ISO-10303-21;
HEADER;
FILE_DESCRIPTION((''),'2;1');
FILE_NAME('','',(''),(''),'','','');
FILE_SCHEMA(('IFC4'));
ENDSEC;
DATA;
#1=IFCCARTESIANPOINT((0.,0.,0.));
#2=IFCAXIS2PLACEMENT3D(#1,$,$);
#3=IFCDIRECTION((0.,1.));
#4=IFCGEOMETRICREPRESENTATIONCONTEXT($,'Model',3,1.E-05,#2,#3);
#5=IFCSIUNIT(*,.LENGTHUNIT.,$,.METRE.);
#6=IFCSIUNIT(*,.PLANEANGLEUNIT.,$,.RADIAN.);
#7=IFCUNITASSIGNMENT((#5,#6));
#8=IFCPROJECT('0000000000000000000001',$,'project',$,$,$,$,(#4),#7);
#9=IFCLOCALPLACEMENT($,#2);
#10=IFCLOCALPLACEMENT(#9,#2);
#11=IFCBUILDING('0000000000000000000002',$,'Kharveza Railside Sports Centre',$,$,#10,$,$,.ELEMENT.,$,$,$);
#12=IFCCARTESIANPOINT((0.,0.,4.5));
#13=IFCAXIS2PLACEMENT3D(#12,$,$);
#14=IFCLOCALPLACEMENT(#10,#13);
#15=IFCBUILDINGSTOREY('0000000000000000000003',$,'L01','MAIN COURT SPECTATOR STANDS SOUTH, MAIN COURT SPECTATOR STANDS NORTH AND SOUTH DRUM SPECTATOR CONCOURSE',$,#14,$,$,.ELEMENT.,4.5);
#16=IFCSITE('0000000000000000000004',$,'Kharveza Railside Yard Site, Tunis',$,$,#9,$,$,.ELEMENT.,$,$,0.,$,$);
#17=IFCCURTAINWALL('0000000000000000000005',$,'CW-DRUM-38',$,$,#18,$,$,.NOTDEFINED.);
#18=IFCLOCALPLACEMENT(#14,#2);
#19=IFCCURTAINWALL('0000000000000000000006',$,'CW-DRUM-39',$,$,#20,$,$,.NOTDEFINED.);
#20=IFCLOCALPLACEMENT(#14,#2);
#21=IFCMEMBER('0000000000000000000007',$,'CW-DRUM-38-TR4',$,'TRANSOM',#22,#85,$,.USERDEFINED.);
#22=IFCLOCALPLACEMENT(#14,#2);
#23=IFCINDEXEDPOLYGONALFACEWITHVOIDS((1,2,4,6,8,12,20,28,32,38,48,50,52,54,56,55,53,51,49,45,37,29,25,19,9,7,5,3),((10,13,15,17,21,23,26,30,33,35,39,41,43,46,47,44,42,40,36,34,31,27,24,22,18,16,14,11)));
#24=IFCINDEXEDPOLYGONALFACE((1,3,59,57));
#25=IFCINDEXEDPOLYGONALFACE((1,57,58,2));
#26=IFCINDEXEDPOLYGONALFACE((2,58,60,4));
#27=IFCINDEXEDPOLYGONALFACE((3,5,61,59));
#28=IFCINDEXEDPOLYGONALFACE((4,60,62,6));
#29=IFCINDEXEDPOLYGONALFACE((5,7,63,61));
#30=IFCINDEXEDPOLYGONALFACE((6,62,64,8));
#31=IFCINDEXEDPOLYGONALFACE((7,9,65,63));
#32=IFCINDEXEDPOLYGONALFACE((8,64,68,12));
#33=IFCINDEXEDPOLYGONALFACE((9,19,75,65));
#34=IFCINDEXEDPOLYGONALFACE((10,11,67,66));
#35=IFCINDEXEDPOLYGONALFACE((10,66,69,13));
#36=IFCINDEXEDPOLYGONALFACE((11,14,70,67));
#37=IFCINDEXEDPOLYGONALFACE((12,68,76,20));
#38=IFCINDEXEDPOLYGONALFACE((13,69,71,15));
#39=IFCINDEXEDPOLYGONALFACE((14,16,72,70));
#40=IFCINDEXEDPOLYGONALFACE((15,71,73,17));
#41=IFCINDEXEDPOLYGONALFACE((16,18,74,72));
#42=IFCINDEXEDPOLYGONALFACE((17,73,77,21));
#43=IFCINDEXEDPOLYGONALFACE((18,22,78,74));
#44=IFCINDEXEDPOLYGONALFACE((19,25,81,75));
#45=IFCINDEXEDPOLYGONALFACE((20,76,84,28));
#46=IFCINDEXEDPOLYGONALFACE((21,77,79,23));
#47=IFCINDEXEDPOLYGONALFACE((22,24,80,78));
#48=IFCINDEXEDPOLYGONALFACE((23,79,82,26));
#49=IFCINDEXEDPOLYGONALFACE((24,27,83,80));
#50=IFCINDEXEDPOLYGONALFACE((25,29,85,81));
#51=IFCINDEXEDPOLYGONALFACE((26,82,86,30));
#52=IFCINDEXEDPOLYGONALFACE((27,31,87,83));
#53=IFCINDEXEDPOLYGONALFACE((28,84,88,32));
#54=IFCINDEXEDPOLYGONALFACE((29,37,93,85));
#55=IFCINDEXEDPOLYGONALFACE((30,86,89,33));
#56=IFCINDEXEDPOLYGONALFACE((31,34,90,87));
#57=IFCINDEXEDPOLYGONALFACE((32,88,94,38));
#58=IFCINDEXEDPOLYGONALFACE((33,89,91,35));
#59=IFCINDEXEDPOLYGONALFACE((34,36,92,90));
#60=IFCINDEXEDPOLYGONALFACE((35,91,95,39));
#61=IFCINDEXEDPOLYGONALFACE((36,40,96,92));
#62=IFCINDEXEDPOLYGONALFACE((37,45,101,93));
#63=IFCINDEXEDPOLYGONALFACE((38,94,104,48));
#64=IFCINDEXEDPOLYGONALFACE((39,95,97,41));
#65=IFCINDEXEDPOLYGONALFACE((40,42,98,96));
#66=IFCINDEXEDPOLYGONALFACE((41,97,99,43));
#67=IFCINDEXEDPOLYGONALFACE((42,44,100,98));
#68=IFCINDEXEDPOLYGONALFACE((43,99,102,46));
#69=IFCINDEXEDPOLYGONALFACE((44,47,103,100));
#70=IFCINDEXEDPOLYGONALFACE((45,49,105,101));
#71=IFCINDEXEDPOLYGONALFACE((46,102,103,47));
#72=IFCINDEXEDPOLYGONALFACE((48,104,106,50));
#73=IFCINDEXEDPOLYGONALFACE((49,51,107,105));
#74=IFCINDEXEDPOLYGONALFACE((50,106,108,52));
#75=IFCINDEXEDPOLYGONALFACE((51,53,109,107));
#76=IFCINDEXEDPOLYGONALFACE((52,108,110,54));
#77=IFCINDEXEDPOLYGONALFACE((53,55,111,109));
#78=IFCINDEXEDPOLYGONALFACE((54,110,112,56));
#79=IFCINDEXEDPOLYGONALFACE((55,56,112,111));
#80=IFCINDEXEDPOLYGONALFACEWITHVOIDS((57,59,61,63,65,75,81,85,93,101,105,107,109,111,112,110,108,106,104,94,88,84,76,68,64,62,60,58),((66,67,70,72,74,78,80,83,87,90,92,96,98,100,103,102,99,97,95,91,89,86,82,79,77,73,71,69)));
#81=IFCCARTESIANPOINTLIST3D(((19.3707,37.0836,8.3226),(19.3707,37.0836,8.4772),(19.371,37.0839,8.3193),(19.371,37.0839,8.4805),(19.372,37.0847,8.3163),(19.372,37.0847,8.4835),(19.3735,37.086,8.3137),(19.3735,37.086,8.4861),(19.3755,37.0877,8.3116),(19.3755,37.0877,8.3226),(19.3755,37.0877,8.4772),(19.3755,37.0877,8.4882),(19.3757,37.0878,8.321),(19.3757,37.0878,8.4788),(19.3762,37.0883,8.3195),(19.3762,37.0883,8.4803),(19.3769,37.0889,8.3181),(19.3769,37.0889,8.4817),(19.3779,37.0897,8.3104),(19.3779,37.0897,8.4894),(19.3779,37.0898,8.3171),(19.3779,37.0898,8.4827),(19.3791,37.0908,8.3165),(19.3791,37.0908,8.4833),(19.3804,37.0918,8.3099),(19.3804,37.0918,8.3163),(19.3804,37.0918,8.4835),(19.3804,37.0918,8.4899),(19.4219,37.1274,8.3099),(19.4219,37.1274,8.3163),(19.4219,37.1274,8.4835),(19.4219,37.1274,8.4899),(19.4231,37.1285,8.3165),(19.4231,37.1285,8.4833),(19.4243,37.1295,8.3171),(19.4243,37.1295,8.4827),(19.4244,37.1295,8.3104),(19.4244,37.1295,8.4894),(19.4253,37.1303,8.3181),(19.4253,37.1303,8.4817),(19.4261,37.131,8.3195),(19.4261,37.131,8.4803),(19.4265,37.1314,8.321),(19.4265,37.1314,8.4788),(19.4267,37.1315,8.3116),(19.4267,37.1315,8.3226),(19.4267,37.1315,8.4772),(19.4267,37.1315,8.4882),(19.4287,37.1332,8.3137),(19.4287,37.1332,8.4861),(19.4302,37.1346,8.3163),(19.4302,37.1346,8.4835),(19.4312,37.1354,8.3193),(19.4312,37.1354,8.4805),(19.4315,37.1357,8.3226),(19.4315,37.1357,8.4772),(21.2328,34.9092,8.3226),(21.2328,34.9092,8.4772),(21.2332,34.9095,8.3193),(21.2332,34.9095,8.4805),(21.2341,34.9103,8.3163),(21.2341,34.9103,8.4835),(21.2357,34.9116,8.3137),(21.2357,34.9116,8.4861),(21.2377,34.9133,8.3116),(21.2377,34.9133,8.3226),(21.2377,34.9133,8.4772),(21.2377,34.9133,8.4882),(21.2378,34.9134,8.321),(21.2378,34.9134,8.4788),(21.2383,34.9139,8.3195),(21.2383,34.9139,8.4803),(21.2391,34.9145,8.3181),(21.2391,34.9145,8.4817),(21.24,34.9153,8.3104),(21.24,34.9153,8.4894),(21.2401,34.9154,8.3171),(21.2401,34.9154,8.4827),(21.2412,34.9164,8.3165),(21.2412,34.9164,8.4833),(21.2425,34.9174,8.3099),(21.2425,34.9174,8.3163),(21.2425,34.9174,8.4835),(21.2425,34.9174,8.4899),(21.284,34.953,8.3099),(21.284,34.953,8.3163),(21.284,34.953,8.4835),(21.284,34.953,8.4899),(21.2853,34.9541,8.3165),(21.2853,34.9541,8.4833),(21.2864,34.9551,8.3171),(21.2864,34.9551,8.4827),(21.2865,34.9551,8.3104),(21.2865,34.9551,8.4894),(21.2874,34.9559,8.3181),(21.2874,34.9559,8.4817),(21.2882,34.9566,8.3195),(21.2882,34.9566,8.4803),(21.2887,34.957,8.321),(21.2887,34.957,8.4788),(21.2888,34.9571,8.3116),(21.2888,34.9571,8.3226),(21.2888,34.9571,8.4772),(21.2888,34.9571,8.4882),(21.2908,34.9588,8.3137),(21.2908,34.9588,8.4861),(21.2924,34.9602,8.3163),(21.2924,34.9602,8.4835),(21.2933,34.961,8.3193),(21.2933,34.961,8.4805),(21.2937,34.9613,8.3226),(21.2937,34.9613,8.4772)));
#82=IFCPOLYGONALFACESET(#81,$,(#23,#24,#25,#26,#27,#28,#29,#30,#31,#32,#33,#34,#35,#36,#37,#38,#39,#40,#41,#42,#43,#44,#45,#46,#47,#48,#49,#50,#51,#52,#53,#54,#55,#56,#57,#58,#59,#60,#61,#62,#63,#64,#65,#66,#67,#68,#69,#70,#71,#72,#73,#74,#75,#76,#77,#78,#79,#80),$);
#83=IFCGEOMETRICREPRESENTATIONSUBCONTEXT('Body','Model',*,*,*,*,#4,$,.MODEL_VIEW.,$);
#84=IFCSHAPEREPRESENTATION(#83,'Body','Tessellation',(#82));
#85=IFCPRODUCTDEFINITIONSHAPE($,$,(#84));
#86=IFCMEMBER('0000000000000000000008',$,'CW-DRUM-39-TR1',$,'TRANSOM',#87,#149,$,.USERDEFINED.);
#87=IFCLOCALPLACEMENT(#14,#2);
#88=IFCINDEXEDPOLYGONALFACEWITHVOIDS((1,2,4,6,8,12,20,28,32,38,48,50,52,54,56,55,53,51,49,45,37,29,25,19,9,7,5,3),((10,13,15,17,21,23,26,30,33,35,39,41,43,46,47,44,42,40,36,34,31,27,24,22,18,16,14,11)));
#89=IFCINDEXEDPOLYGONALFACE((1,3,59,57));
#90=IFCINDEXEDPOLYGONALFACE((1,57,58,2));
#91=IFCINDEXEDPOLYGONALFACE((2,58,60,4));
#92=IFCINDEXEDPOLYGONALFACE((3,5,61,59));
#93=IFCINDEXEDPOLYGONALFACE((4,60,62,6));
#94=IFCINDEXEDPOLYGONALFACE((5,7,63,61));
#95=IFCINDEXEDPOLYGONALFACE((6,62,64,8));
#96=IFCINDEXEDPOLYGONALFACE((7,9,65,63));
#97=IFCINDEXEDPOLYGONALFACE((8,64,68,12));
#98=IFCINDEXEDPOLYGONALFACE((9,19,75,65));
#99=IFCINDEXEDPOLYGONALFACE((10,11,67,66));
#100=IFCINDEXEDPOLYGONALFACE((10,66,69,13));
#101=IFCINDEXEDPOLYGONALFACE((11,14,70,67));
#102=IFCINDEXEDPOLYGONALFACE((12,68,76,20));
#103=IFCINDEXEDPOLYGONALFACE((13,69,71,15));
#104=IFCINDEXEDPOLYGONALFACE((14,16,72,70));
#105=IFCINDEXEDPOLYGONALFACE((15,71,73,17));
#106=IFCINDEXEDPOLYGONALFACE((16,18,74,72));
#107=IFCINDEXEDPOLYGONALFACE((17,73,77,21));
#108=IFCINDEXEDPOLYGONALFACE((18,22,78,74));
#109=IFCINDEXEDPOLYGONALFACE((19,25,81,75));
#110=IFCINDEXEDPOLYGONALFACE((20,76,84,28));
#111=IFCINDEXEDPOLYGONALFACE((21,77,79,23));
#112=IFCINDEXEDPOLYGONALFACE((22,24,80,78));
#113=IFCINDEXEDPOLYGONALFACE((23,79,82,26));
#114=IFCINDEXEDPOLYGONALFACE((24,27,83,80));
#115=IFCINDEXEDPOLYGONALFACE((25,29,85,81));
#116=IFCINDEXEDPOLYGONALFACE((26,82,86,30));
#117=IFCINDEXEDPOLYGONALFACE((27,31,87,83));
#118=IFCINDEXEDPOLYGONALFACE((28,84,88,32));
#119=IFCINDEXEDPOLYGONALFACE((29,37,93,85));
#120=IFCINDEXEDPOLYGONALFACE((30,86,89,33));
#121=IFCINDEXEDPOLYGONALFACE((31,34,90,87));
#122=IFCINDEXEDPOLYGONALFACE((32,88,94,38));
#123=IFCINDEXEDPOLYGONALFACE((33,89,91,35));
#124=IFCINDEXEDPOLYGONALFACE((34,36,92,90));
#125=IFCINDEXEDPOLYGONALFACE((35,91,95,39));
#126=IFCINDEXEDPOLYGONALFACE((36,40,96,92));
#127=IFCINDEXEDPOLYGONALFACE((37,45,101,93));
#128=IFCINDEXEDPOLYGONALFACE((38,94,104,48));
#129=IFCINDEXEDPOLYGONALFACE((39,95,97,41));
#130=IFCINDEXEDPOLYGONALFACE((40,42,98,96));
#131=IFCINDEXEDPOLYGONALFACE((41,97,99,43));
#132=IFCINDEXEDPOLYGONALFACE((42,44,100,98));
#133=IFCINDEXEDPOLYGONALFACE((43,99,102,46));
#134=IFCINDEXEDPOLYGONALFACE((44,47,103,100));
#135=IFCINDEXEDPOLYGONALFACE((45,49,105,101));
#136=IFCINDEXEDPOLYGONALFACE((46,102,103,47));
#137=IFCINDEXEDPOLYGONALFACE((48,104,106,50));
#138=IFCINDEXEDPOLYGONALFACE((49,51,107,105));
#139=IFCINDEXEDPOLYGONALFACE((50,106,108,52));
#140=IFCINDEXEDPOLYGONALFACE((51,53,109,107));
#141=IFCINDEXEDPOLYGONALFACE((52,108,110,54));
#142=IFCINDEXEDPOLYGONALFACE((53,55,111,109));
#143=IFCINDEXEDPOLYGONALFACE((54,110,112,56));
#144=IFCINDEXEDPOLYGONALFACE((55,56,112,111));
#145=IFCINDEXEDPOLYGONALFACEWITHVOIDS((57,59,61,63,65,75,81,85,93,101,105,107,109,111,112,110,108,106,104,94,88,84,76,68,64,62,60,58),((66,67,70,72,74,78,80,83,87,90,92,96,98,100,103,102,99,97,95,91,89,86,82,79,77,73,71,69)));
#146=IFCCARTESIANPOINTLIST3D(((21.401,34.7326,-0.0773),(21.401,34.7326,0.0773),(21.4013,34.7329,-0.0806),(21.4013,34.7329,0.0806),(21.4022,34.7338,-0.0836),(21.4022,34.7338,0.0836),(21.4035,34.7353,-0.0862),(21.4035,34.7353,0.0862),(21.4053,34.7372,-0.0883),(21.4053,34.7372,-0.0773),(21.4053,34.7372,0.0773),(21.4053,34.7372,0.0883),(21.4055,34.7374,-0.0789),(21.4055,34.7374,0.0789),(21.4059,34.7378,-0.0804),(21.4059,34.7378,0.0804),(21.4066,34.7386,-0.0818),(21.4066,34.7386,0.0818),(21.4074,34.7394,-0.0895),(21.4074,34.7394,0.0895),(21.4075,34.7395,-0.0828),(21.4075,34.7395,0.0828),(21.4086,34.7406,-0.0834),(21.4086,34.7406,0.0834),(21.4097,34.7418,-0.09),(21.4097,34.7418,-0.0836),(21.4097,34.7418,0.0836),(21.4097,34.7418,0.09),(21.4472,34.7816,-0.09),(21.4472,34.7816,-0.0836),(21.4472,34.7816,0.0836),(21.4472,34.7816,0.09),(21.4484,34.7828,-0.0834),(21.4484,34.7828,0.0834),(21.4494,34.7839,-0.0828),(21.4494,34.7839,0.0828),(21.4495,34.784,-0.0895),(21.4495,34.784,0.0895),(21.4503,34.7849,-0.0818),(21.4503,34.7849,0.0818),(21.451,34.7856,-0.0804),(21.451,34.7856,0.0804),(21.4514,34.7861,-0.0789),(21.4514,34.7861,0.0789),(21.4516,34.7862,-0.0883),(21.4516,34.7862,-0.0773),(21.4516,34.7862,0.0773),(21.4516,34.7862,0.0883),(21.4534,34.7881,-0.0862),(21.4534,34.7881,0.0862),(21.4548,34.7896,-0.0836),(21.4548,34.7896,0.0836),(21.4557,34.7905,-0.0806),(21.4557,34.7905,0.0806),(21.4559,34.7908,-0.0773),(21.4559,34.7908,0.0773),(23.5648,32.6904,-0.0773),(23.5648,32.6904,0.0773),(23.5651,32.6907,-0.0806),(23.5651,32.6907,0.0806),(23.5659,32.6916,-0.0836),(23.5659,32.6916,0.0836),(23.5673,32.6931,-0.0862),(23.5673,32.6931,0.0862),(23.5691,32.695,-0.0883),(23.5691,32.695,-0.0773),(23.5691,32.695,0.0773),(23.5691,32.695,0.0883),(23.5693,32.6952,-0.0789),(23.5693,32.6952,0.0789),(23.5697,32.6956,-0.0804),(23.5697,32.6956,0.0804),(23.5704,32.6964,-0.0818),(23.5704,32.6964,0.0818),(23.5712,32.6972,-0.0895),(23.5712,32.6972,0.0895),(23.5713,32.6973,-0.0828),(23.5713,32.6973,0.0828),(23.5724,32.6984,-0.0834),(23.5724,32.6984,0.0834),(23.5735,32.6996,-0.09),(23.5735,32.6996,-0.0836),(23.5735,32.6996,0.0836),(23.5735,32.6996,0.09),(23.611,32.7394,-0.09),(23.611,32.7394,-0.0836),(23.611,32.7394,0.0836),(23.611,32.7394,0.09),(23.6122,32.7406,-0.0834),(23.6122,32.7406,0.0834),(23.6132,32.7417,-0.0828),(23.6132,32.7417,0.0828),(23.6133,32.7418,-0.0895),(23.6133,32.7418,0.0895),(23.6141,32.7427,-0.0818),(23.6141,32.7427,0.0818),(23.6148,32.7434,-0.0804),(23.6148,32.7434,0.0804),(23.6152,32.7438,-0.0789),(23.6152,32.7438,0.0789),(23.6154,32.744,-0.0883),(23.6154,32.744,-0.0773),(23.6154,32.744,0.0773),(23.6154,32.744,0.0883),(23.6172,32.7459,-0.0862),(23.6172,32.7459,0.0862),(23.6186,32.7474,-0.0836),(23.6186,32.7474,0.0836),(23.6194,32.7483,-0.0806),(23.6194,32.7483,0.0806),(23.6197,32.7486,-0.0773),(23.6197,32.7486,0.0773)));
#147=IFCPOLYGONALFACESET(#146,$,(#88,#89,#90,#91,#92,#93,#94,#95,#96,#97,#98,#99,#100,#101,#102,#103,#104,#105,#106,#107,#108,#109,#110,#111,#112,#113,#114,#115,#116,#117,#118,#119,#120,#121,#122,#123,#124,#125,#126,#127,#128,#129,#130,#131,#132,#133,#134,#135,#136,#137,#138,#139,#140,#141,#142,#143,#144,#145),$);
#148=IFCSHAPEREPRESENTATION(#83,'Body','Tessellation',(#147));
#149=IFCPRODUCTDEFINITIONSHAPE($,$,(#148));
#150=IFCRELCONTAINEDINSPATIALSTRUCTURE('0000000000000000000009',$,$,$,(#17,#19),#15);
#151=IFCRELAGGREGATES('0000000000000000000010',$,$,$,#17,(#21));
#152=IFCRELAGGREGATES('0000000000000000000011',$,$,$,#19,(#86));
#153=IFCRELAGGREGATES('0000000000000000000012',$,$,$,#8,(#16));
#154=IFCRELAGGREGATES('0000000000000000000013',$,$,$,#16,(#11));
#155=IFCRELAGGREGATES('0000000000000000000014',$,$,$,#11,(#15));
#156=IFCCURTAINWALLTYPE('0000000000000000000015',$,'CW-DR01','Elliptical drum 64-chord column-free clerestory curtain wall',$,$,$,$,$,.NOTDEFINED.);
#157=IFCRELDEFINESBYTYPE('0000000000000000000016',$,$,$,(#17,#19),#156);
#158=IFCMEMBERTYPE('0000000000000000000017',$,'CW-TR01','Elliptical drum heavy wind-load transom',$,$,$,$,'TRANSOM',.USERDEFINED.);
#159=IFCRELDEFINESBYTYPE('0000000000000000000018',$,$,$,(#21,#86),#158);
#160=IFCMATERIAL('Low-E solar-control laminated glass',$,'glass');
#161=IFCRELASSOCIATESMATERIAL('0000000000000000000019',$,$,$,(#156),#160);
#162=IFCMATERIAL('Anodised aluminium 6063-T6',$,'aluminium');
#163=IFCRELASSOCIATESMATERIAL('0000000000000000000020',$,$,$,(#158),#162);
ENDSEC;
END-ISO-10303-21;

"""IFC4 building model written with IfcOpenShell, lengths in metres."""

from ifc_helpers import new_model, si_unit, direction, frame, origin, origin_2d, place, context, subcontext, project, spatial, hollow_rectangle, extrude, material, material_profile, profile_set, type_object, element, aggregate, save


model = new_model("IFC4")

# Units and contexts
model_context = context("Model", 3, precision=1e-05, world=origin(), true_north=direction((0.0, 1.0)))
body_context = subcontext(model_context, "Body", "Model", "MODEL_VIEW")
ifc_project = project(units=[si_unit("LENGTHUNIT", "METRE"), si_unit("PLANEANGLEUNIT", "RADIAN")], contexts=[model_context])

# Site, building, storey
site_placement = place(None, origin())
site = spatial("IfcSite", under=ifc_project, at=site_placement, Name="Kharveza Railside Yard Site, Tunis", CompositionType="ELEMENT", RefElevation=0.0)
building_placement = place(site_placement, origin())
building = spatial("IfcBuilding", under=site, at=building_placement, Name="Kharveza Railside Sports Centre", CompositionType="ELEMENT")
storey_placement = place(building_placement, frame((0.0, 0.0, 4.5)))
storey = spatial("IfcBuildingStorey", under=building, at=storey_placement, Name="L01", Description="MAIN COURT SPECTATOR STANDS SOUTH, MAIN COURT SPECTATOR STANDS NORTH AND SOUTH DRUM SPECTATOR CONCOURSE", CompositionType="ELEMENT", Elevation=4.5)

# Shared definitions
ifc_material_1 = material(Name="Low-E solar-control laminated glass", Category="glass")
curtain_wall_type = type_object("IfcCurtainWallType", Name="CW-DR01", Description="Elliptical drum 64-chord column-free clerestory curtain wall", PredefinedType="NOTDEFINED", material=ifc_material_1)
ifc_material_2 = material(Name="Anodised aluminium 6063-T6", Category="aluminium")

# Curtain wall
curtain_wall_1_placement = place(storey_placement, origin())
curtain_wall_1 = element("IfcCurtainWall", 1, at=curtain_wall_1_placement, inside=storey, type_object=curtain_wall_type, Name="CW-DRUM-38", PredefinedType="NOTDEFINED")

# Curtain wall
curtain_wall_2_placement = place(storey_placement, origin())
curtain_wall_2 = element("IfcCurtainWall", 2, at=curtain_wall_2_placement, inside=storey, type_object=curtain_wall_type, Name="CW-DRUM-39", PredefinedType="NOTDEFINED")

# Members
ifc_material_profile_1 = material_profile(ifc_material_2, hollow_rectangle(XDim=0.0801, YDim=0.1799, WallThickness=0.0063, InnerFilletRadius=0.0063, OuterFilletRadius=0.0127, at=origin_2d()), Name="RHS 80x180x6.3")
ifc_profile_set_1 = profile_set([ifc_material_profile_1], Name="Anodised aluminium 6063-T6")
member_type_1 = type_object("IfcMemberType", Name="CW-TR01", Description="Elliptical drum heavy wind-load transom", ElementType="TRANSOM", PredefinedType="USERDEFINED", material=ifc_profile_set_1)
member_1_placement = place(storey_placement, frame((19.4011, 37.1096, 8.3999), z_axis=(0.650461, -0.759539, 0.0), x_axis=(0.759539, 0.650461, 0.0)))
member_1 = element("IfcMember", 3, at=member_1_placement, type_object=member_type_1, Name="CW-DRUM-38-TR4", ObjectType="TRANSOM", PredefinedType="USERDEFINED", context=body_context, shape_type="SweptSolid", body=[
    extrude(hollow_rectangle(XDim=0.0801, YDim=0.1799, WallThickness=0.0063, InnerFilletRadius=0.0063, OuterFilletRadius=0.0127, at=origin_2d()), origin(), (0.0, 0.0, 1.0), 2.8628),
])
member_2_placement = place(storey_placement, frame((21.4285, 34.7617, 0.0), z_axis=(0.727243, -0.68638, 0.0), x_axis=(0.68638, 0.727243, 0.0)))
member_2 = element("IfcMember", 4, at=member_2_placement, type_object=member_type_1, Name="CW-DRUM-39-TR1", ObjectType="TRANSOM", PredefinedType="USERDEFINED", context=body_context, shape_type="SweptSolid", body=[
    extrude(hollow_rectangle(XDim=0.0801, YDim=0.1799, WallThickness=0.0063, InnerFilletRadius=0.0063, OuterFilletRadius=0.0127, at=origin_2d()), origin(), (0.0, 0.0, 1.0), 2.9753),
])

aggregate(curtain_wall_1, [member_1])
aggregate(curtain_wall_2, [member_2])

save(model, "model.ifc")
